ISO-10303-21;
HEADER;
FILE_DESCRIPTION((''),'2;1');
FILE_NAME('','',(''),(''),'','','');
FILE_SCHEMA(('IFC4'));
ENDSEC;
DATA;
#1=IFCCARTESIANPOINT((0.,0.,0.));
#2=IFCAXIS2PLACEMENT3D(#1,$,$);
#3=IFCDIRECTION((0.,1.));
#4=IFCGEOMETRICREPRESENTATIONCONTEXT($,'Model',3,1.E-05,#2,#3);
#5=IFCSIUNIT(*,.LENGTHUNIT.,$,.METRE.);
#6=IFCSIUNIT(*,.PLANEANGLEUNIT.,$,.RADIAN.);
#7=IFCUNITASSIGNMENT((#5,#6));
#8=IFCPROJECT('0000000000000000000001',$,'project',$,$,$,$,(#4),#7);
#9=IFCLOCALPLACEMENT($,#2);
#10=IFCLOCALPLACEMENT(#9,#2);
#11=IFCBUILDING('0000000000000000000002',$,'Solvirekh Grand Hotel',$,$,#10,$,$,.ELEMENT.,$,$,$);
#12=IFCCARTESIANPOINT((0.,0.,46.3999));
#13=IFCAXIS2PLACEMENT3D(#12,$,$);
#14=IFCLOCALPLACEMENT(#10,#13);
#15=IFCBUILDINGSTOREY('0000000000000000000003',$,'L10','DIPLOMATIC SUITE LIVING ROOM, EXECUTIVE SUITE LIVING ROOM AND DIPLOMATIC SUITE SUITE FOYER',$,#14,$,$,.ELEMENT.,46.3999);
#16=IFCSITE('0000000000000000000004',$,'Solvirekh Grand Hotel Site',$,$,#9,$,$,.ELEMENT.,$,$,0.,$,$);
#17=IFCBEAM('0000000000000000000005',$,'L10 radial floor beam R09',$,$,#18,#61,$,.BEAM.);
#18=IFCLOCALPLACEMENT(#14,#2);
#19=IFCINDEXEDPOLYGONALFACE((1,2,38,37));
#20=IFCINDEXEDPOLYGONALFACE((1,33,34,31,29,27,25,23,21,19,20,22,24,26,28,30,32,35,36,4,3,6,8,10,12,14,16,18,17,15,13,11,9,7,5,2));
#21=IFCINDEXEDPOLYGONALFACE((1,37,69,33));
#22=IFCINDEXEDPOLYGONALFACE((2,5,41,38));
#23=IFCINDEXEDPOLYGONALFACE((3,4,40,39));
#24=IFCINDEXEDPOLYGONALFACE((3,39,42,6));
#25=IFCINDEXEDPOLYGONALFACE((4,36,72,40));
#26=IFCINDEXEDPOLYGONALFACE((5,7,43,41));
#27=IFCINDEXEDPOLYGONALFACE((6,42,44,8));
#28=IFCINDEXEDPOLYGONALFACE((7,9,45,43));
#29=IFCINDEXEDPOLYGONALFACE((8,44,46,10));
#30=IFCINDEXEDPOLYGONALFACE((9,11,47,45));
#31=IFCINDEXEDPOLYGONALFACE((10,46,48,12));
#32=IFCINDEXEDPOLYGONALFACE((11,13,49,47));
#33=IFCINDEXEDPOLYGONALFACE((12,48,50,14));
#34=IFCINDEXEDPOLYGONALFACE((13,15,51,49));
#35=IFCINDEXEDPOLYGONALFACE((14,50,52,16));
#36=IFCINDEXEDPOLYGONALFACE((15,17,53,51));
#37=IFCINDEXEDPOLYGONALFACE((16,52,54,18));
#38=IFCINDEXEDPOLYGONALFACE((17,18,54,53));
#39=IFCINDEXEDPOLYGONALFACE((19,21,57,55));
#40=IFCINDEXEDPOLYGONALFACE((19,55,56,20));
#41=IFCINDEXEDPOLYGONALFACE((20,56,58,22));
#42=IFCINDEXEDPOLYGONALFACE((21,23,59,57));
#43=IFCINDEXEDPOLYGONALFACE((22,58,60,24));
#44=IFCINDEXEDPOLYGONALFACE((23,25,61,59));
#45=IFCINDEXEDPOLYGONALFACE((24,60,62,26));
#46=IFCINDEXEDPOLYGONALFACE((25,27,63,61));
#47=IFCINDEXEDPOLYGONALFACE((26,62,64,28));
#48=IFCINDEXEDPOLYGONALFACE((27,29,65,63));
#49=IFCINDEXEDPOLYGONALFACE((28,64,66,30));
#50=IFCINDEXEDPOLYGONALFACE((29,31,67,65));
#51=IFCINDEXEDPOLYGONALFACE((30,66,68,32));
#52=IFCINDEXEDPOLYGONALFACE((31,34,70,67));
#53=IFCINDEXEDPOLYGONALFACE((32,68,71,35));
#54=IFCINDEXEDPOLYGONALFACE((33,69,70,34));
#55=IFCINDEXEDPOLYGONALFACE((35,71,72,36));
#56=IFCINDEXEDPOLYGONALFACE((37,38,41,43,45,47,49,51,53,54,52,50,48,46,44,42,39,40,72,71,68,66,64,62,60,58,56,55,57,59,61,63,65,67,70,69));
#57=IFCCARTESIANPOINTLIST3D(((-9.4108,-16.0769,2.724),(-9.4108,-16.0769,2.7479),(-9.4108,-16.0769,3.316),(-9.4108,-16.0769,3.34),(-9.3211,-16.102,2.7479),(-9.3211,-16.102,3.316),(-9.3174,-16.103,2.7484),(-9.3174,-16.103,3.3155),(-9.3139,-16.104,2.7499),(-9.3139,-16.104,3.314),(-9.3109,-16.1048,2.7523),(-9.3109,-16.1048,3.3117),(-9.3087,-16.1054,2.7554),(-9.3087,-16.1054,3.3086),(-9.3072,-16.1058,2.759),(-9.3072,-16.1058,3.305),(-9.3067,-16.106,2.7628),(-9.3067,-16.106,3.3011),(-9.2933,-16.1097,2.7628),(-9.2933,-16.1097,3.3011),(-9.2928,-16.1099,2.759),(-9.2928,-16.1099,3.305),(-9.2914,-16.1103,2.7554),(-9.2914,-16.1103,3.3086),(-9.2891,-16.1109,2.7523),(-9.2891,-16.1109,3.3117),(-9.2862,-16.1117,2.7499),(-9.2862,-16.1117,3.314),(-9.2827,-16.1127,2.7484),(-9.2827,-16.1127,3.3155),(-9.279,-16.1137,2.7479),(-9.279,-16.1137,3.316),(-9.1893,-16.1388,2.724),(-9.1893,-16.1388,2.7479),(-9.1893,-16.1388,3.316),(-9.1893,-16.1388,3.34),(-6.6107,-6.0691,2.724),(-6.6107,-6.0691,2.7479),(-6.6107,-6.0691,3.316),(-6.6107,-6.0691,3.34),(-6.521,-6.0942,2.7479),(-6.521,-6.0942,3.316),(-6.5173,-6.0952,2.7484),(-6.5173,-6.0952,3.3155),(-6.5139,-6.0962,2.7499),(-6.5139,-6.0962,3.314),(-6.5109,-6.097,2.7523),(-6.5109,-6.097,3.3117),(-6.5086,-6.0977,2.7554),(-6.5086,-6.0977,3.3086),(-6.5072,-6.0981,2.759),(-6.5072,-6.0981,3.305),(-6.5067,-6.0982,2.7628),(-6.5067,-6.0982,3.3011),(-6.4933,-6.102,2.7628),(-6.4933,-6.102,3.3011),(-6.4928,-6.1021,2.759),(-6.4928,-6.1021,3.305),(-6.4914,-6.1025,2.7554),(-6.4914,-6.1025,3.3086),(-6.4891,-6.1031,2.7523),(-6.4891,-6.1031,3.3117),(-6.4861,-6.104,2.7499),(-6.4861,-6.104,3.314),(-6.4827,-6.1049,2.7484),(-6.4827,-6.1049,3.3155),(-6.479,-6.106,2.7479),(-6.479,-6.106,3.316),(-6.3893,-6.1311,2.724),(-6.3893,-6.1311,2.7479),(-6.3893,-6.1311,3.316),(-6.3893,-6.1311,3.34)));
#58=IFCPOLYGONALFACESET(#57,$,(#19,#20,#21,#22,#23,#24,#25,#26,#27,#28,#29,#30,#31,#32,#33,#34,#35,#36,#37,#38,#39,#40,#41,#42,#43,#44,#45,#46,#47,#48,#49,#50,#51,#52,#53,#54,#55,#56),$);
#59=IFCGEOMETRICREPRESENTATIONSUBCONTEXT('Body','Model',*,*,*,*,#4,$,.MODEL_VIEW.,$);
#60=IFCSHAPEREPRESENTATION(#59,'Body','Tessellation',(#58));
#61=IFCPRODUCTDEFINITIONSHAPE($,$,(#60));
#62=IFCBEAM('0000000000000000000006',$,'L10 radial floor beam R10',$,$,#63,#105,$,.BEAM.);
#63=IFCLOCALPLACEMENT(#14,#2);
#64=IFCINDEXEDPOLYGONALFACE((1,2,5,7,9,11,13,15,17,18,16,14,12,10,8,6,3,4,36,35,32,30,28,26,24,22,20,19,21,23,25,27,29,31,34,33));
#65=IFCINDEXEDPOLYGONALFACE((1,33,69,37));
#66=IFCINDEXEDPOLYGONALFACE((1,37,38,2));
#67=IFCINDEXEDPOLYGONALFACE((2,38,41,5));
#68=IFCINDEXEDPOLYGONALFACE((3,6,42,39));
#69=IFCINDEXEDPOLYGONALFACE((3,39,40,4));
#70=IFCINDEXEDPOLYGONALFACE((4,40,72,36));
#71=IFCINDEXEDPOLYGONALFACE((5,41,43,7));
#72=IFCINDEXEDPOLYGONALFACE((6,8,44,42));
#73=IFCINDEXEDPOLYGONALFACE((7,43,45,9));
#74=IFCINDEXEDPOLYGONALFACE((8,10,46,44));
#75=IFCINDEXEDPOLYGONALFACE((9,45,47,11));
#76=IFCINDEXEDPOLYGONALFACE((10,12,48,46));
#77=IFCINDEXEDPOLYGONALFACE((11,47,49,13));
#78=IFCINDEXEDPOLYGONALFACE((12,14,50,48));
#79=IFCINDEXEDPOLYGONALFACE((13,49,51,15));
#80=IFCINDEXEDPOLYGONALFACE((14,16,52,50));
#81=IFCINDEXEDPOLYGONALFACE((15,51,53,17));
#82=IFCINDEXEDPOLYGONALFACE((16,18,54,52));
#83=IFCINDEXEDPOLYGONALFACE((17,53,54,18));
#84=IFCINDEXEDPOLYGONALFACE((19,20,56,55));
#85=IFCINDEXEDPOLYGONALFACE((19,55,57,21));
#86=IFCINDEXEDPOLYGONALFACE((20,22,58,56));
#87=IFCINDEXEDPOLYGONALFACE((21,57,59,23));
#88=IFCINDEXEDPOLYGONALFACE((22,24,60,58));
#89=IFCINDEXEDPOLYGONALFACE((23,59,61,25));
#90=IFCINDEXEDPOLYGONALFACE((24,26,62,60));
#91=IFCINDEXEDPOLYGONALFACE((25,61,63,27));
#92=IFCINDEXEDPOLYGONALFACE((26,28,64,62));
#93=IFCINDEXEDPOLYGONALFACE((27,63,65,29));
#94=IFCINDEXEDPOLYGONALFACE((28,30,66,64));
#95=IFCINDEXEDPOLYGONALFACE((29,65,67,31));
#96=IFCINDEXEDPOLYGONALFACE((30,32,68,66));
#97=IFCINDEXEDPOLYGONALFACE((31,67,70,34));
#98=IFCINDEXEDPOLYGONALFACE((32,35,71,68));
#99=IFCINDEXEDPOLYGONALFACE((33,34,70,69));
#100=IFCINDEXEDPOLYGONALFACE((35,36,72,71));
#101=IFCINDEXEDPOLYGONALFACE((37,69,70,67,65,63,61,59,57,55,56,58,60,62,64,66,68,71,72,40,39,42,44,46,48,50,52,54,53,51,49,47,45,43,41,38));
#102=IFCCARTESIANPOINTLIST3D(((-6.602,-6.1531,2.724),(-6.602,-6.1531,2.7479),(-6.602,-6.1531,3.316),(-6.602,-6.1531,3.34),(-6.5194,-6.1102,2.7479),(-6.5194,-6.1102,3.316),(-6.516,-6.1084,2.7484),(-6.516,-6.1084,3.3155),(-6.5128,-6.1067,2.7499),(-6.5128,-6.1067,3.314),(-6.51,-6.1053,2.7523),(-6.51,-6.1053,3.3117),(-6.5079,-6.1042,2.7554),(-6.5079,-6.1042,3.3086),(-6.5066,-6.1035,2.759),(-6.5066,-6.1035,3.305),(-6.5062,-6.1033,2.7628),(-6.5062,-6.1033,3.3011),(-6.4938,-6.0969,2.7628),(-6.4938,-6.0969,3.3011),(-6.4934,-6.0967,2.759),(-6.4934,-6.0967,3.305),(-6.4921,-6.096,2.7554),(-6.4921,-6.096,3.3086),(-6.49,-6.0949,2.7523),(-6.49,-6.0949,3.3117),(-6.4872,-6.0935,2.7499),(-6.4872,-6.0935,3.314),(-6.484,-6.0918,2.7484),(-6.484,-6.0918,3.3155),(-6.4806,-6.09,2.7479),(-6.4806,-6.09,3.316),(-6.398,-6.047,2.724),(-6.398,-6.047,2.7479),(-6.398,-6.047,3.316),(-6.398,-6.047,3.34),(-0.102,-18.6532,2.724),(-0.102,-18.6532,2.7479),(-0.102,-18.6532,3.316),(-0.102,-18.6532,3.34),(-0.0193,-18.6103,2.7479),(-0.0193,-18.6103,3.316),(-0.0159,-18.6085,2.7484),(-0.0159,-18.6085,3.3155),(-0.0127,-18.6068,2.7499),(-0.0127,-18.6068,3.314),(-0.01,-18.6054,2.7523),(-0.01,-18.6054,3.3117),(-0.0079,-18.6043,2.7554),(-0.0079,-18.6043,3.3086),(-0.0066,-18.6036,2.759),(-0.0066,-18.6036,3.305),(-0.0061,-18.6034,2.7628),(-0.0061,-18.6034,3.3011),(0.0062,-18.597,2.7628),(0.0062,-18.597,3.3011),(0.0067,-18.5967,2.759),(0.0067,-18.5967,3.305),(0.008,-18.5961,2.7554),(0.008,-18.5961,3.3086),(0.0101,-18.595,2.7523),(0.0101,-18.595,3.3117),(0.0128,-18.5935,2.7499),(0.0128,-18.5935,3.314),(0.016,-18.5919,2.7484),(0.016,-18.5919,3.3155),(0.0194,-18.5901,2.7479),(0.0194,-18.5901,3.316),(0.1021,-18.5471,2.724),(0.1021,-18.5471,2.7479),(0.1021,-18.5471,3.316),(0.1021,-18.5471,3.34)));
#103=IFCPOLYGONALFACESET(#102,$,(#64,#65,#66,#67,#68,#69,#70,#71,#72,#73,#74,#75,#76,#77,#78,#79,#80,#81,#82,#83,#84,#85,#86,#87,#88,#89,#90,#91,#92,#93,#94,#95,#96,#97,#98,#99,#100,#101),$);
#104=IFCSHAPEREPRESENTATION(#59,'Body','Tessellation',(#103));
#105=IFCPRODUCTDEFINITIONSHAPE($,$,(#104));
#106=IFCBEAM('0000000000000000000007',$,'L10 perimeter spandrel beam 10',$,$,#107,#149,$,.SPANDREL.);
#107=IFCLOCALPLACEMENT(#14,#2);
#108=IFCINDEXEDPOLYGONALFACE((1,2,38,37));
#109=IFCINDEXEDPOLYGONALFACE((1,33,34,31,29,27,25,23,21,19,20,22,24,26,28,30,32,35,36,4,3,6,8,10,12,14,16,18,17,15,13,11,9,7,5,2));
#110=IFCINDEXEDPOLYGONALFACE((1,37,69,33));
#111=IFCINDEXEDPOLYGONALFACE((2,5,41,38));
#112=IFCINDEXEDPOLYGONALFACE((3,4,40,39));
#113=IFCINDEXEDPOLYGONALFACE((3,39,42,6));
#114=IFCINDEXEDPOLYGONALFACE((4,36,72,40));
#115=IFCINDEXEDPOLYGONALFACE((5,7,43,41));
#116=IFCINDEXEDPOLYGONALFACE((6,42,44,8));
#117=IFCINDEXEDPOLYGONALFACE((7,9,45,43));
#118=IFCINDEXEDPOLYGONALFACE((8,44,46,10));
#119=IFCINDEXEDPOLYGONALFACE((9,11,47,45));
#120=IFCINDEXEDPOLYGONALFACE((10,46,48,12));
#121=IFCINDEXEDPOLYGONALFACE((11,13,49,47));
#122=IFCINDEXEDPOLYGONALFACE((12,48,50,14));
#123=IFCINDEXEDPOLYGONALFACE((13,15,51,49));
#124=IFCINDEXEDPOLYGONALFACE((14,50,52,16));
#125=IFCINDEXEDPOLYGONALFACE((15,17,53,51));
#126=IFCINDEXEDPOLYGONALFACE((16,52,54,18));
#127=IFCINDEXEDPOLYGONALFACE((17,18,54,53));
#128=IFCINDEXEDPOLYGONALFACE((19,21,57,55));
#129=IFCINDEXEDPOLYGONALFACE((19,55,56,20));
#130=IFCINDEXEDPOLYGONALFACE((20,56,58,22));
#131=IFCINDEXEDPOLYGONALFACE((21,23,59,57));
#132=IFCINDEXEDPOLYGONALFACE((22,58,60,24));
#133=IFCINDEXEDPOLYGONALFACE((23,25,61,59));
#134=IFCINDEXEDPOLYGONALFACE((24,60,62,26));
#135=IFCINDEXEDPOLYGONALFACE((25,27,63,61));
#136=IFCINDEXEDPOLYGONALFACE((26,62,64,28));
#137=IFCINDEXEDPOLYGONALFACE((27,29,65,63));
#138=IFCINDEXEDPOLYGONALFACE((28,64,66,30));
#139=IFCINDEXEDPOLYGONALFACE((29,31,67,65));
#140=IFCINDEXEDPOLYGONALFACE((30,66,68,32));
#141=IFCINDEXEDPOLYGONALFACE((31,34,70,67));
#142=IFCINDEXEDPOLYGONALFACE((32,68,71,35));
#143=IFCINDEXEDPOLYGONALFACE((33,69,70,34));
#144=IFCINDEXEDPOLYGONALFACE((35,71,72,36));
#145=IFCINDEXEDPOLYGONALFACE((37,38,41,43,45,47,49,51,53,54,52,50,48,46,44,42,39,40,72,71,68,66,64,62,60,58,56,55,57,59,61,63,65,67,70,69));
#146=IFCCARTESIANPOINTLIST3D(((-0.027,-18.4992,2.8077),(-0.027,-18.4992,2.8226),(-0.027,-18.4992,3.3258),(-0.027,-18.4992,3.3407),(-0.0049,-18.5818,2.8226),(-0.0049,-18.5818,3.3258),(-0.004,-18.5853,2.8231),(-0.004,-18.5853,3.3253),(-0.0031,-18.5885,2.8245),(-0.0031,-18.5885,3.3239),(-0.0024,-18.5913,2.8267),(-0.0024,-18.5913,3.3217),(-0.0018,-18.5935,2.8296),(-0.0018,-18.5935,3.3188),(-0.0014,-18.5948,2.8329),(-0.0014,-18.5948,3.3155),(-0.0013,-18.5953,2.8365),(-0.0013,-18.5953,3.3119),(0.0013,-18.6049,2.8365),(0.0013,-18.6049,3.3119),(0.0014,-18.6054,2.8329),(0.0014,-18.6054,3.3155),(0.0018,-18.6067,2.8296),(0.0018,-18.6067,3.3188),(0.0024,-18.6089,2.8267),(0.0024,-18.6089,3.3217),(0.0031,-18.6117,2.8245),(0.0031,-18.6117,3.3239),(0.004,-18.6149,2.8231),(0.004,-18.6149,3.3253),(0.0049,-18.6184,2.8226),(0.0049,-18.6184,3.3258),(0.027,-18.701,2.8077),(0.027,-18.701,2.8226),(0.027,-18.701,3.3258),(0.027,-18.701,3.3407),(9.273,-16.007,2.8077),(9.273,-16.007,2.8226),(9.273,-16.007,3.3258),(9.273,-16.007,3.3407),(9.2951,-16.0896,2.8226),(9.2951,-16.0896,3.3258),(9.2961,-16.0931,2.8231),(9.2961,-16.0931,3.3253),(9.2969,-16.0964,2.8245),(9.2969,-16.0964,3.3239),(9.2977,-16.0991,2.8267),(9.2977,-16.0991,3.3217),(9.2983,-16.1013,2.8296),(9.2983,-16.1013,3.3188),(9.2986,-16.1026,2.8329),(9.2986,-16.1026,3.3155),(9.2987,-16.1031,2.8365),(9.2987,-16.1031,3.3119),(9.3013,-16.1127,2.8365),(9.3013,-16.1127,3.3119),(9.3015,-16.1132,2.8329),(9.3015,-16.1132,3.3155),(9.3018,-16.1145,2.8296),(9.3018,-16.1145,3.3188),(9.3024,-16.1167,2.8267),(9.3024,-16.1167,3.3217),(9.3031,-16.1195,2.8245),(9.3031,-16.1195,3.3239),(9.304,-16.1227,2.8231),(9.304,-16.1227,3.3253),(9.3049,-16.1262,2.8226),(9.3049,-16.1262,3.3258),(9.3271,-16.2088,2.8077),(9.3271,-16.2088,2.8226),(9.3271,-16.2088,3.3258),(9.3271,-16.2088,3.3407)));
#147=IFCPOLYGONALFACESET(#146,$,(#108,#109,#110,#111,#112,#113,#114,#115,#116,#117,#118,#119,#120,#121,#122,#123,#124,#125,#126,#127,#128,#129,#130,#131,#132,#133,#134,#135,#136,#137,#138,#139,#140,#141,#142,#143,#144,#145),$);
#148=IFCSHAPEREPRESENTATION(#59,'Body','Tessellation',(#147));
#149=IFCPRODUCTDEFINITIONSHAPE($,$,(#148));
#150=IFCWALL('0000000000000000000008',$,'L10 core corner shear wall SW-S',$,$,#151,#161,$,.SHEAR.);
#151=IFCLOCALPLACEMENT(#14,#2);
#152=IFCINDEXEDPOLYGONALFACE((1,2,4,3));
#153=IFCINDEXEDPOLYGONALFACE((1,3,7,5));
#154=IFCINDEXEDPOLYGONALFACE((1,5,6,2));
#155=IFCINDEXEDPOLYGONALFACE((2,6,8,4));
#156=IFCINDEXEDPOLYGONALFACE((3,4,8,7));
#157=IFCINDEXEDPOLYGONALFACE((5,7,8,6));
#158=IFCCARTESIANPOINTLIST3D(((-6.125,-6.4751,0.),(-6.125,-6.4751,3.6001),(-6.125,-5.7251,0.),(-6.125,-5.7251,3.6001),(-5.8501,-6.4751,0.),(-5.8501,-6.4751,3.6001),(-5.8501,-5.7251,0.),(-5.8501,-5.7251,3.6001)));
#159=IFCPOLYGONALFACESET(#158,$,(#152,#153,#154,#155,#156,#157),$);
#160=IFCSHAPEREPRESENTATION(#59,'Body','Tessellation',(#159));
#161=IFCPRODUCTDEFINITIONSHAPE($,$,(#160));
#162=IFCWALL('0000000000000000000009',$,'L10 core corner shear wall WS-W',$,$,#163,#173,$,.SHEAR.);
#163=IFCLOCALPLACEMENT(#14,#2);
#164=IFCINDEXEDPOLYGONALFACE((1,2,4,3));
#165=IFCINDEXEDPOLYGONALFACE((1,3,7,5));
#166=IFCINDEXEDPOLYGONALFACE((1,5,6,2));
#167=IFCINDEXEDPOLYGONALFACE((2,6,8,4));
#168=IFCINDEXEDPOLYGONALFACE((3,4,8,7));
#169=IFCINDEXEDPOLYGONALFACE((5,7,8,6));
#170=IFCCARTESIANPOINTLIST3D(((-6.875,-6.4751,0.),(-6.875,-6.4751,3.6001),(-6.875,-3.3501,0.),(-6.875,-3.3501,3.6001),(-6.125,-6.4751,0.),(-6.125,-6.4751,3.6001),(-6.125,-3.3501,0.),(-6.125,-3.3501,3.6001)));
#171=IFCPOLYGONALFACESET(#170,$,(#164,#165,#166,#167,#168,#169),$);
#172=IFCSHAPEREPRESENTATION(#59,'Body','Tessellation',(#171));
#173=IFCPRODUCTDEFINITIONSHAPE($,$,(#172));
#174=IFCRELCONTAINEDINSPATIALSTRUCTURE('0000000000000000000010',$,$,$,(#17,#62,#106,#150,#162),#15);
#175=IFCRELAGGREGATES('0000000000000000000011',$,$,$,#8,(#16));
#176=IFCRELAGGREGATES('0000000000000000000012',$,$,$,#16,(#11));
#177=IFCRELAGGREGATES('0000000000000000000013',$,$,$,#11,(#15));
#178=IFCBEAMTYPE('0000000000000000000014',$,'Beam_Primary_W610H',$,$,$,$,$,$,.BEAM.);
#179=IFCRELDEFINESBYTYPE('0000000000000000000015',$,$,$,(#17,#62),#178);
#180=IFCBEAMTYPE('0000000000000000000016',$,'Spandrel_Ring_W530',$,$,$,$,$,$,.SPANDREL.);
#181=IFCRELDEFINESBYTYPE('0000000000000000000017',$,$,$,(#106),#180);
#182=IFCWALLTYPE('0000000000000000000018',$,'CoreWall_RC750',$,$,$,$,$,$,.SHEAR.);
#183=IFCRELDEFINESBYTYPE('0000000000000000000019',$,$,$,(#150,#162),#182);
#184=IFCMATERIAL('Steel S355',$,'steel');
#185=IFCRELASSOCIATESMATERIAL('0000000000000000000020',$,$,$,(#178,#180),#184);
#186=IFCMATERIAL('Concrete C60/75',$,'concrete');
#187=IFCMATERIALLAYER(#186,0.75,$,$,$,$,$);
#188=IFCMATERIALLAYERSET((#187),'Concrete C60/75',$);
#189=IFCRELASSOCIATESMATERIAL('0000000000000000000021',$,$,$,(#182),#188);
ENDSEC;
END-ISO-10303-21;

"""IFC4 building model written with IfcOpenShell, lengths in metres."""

from ifc_helpers import new_model, si_unit, direction, frame, frame_2d, origin, origin_2d, place, context, subcontext, project, spatial, rectangle, i_section, extrude, material, layer, layer_set, material_profile, profile_set, type_object, element, save


model = new_model("IFC4")

# Units and contexts
model_context = context("Model", 3, precision=1e-05, world=origin(), true_north=direction((0.0, 1.0)))
body_context = subcontext(model_context, "Body", "Model", "MODEL_VIEW")
ifc_project = project(units=[si_unit("LENGTHUNIT", "METRE"), si_unit("PLANEANGLEUNIT", "RADIAN")], contexts=[model_context])

# Site, building, storey
site_placement = place(None, origin())
site = spatial("IfcSite", under=ifc_project, at=site_placement, Name="Solvirekh Grand Hotel Site", CompositionType="ELEMENT", RefElevation=0.0)
building_placement = place(site_placement, origin())
building = spatial("IfcBuilding", under=site, at=building_placement, Name="Solvirekh Grand Hotel", CompositionType="ELEMENT")
storey_placement = place(building_placement, frame((0.0, 0.0, 46.3999)))
storey = spatial("IfcBuildingStorey", under=building, at=storey_placement, Name="L10", Description="DIPLOMATIC SUITE LIVING ROOM, EXECUTIVE SUITE LIVING ROOM AND DIPLOMATIC SUITE SUITE FOYER", CompositionType="ELEMENT", Elevation=46.3999)

# Shared definitions
ifc_material_1 = material(Name="Concrete C60/75", Category="concrete")

# Beams
ifc_material_2 = material(Name="Steel S355", Category="steel")
ifc_material_profile_1 = material_profile(ifc_material_2, i_section(OverallWidth=0.23, OverallDepth=0.616, WebThickness=0.0139, FlangeThickness=0.0239, FilletRadius=0.0149, at=origin_2d()), Name="W610X174")
ifc_profile_set_1 = profile_set([ifc_material_profile_1], Name="Steel S355")
beam_type_1 = type_object("IfcBeamType", Name="Beam_Primary_W610H", PredefinedType="BEAM", material=ifc_profile_set_1)
beam_1_placement = place(storey_placement, frame((-6.5, -6.1001, 3.032), z_axis=(-0.269439, -0.963017, 0.0), x_axis=(0.963017, -0.269439, 0.0)))
element("IfcBeam", 1, at=beam_1_placement, inside=storey, type_object=beam_type_1, Name="L10 radial floor beam R09", PredefinedType="BEAM", context=body_context, shape_type="SweptSolid", body=[
    extrude(i_section(OverallWidth=0.23, OverallDepth=0.616, WebThickness=0.0139, FlangeThickness=0.0239, FilletRadius=0.0149, at=origin_2d()), origin(), (0.0, 0.0, 1.0), 10.3921),
])
beam_2_placement = place(storey_placement, frame((-6.5, -6.1001, 3.032), z_axis=(0.461353, -0.887217, 0.0), x_axis=(0.887217, 0.461353, 0.0)))
element("IfcBeam", 2, at=beam_2_placement, inside=storey, type_object=beam_type_1, Name="L10 radial floor beam R10", PredefinedType="BEAM", context=body_context, shape_type="SweptSolid", body=[
    extrude(i_section(OverallWidth=0.23, OverallDepth=0.616, WebThickness=0.0139, FlangeThickness=0.0239, FilletRadius=0.0149, at=origin_2d()), origin(), (0.0, 0.0, 1.0), 14.0891),
])
ifc_material_profile_2 = material_profile(ifc_material_2, i_section(OverallWidth=0.209, OverallDepth=0.533, WebThickness=0.01, FlangeThickness=0.0149, FilletRadius=0.0139, at=origin_2d()), Name="W530X92")
ifc_profile_set_2 = profile_set([ifc_material_profile_2], Name="Steel S355")
beam_type_2 = type_object("IfcBeamType", Name="Spandrel_Ring_W530", PredefinedType="SPANDREL", material=ifc_profile_set_2)
beam_3_placement = place(storey_placement, frame((0.0, -18.6001, 3.0742), z_axis=(0.965919, 0.258843, 0.0), x_axis=(-0.258843, 0.965919, 0.0)))
element("IfcBeam", 3, at=beam_3_placement, inside=storey, type_object=beam_type_2, Name="L10 perimeter spandrel beam 10", PredefinedType="SPANDREL", context=body_context, shape_type="SweptSolid", body=[
    extrude(i_section(OverallWidth=0.209, OverallDepth=0.533, WebThickness=0.01, FlangeThickness=0.0149, FilletRadius=0.0139, at=origin_2d()), origin(), (0.0, 0.0, 1.0), 9.6282),
])

# Walls
ifc_layer_1 = layer(ifc_material_1, 0.75)
ifc_layer_set_1 = layer_set([ifc_layer_1], Name="Concrete C60/75")
wall_type_1 = type_object("IfcWallType", Name="CoreWall_RC750", PredefinedType="SHEAR", material=ifc_layer_set_1)
wall_1_placement = place(storey_placement, frame((-6.125, -6.1001, 0.0), z_axis=(0.0, 0.0, 1.0), x_axis=(1.0, 0.0, 0.0)))
element("IfcWall", 4, at=wall_1_placement, inside=storey, type_object=wall_type_1, Name="L10 core corner shear wall SW-S", PredefinedType="SHEAR", context=body_context, shape_type="SweptSolid", body=[
    extrude(rectangle(XDim=0.2749, YDim=0.75, at=frame_2d((0.1375, 0.0))), origin(), (0.0, 0.0, 1.0), 3.6001),
])
wall_2_placement = place(storey_placement, frame((-6.5, -6.4751, 0.0), z_axis=(0.0, 0.0, 1.0), x_axis=(0.0, 1.0, 0.0)))
element("IfcWall", 5, at=wall_2_placement, inside=storey, type_object=wall_type_1, Name="L10 core corner shear wall WS-W", PredefinedType="SHEAR", context=body_context, shape_type="SweptSolid", body=[
    extrude(rectangle(XDim=3.125, YDim=0.75, at=frame_2d((1.5625, 0.0))), origin(), (0.0, 0.0, 1.0), 3.6001),
])

save(model, "model.ifc")
